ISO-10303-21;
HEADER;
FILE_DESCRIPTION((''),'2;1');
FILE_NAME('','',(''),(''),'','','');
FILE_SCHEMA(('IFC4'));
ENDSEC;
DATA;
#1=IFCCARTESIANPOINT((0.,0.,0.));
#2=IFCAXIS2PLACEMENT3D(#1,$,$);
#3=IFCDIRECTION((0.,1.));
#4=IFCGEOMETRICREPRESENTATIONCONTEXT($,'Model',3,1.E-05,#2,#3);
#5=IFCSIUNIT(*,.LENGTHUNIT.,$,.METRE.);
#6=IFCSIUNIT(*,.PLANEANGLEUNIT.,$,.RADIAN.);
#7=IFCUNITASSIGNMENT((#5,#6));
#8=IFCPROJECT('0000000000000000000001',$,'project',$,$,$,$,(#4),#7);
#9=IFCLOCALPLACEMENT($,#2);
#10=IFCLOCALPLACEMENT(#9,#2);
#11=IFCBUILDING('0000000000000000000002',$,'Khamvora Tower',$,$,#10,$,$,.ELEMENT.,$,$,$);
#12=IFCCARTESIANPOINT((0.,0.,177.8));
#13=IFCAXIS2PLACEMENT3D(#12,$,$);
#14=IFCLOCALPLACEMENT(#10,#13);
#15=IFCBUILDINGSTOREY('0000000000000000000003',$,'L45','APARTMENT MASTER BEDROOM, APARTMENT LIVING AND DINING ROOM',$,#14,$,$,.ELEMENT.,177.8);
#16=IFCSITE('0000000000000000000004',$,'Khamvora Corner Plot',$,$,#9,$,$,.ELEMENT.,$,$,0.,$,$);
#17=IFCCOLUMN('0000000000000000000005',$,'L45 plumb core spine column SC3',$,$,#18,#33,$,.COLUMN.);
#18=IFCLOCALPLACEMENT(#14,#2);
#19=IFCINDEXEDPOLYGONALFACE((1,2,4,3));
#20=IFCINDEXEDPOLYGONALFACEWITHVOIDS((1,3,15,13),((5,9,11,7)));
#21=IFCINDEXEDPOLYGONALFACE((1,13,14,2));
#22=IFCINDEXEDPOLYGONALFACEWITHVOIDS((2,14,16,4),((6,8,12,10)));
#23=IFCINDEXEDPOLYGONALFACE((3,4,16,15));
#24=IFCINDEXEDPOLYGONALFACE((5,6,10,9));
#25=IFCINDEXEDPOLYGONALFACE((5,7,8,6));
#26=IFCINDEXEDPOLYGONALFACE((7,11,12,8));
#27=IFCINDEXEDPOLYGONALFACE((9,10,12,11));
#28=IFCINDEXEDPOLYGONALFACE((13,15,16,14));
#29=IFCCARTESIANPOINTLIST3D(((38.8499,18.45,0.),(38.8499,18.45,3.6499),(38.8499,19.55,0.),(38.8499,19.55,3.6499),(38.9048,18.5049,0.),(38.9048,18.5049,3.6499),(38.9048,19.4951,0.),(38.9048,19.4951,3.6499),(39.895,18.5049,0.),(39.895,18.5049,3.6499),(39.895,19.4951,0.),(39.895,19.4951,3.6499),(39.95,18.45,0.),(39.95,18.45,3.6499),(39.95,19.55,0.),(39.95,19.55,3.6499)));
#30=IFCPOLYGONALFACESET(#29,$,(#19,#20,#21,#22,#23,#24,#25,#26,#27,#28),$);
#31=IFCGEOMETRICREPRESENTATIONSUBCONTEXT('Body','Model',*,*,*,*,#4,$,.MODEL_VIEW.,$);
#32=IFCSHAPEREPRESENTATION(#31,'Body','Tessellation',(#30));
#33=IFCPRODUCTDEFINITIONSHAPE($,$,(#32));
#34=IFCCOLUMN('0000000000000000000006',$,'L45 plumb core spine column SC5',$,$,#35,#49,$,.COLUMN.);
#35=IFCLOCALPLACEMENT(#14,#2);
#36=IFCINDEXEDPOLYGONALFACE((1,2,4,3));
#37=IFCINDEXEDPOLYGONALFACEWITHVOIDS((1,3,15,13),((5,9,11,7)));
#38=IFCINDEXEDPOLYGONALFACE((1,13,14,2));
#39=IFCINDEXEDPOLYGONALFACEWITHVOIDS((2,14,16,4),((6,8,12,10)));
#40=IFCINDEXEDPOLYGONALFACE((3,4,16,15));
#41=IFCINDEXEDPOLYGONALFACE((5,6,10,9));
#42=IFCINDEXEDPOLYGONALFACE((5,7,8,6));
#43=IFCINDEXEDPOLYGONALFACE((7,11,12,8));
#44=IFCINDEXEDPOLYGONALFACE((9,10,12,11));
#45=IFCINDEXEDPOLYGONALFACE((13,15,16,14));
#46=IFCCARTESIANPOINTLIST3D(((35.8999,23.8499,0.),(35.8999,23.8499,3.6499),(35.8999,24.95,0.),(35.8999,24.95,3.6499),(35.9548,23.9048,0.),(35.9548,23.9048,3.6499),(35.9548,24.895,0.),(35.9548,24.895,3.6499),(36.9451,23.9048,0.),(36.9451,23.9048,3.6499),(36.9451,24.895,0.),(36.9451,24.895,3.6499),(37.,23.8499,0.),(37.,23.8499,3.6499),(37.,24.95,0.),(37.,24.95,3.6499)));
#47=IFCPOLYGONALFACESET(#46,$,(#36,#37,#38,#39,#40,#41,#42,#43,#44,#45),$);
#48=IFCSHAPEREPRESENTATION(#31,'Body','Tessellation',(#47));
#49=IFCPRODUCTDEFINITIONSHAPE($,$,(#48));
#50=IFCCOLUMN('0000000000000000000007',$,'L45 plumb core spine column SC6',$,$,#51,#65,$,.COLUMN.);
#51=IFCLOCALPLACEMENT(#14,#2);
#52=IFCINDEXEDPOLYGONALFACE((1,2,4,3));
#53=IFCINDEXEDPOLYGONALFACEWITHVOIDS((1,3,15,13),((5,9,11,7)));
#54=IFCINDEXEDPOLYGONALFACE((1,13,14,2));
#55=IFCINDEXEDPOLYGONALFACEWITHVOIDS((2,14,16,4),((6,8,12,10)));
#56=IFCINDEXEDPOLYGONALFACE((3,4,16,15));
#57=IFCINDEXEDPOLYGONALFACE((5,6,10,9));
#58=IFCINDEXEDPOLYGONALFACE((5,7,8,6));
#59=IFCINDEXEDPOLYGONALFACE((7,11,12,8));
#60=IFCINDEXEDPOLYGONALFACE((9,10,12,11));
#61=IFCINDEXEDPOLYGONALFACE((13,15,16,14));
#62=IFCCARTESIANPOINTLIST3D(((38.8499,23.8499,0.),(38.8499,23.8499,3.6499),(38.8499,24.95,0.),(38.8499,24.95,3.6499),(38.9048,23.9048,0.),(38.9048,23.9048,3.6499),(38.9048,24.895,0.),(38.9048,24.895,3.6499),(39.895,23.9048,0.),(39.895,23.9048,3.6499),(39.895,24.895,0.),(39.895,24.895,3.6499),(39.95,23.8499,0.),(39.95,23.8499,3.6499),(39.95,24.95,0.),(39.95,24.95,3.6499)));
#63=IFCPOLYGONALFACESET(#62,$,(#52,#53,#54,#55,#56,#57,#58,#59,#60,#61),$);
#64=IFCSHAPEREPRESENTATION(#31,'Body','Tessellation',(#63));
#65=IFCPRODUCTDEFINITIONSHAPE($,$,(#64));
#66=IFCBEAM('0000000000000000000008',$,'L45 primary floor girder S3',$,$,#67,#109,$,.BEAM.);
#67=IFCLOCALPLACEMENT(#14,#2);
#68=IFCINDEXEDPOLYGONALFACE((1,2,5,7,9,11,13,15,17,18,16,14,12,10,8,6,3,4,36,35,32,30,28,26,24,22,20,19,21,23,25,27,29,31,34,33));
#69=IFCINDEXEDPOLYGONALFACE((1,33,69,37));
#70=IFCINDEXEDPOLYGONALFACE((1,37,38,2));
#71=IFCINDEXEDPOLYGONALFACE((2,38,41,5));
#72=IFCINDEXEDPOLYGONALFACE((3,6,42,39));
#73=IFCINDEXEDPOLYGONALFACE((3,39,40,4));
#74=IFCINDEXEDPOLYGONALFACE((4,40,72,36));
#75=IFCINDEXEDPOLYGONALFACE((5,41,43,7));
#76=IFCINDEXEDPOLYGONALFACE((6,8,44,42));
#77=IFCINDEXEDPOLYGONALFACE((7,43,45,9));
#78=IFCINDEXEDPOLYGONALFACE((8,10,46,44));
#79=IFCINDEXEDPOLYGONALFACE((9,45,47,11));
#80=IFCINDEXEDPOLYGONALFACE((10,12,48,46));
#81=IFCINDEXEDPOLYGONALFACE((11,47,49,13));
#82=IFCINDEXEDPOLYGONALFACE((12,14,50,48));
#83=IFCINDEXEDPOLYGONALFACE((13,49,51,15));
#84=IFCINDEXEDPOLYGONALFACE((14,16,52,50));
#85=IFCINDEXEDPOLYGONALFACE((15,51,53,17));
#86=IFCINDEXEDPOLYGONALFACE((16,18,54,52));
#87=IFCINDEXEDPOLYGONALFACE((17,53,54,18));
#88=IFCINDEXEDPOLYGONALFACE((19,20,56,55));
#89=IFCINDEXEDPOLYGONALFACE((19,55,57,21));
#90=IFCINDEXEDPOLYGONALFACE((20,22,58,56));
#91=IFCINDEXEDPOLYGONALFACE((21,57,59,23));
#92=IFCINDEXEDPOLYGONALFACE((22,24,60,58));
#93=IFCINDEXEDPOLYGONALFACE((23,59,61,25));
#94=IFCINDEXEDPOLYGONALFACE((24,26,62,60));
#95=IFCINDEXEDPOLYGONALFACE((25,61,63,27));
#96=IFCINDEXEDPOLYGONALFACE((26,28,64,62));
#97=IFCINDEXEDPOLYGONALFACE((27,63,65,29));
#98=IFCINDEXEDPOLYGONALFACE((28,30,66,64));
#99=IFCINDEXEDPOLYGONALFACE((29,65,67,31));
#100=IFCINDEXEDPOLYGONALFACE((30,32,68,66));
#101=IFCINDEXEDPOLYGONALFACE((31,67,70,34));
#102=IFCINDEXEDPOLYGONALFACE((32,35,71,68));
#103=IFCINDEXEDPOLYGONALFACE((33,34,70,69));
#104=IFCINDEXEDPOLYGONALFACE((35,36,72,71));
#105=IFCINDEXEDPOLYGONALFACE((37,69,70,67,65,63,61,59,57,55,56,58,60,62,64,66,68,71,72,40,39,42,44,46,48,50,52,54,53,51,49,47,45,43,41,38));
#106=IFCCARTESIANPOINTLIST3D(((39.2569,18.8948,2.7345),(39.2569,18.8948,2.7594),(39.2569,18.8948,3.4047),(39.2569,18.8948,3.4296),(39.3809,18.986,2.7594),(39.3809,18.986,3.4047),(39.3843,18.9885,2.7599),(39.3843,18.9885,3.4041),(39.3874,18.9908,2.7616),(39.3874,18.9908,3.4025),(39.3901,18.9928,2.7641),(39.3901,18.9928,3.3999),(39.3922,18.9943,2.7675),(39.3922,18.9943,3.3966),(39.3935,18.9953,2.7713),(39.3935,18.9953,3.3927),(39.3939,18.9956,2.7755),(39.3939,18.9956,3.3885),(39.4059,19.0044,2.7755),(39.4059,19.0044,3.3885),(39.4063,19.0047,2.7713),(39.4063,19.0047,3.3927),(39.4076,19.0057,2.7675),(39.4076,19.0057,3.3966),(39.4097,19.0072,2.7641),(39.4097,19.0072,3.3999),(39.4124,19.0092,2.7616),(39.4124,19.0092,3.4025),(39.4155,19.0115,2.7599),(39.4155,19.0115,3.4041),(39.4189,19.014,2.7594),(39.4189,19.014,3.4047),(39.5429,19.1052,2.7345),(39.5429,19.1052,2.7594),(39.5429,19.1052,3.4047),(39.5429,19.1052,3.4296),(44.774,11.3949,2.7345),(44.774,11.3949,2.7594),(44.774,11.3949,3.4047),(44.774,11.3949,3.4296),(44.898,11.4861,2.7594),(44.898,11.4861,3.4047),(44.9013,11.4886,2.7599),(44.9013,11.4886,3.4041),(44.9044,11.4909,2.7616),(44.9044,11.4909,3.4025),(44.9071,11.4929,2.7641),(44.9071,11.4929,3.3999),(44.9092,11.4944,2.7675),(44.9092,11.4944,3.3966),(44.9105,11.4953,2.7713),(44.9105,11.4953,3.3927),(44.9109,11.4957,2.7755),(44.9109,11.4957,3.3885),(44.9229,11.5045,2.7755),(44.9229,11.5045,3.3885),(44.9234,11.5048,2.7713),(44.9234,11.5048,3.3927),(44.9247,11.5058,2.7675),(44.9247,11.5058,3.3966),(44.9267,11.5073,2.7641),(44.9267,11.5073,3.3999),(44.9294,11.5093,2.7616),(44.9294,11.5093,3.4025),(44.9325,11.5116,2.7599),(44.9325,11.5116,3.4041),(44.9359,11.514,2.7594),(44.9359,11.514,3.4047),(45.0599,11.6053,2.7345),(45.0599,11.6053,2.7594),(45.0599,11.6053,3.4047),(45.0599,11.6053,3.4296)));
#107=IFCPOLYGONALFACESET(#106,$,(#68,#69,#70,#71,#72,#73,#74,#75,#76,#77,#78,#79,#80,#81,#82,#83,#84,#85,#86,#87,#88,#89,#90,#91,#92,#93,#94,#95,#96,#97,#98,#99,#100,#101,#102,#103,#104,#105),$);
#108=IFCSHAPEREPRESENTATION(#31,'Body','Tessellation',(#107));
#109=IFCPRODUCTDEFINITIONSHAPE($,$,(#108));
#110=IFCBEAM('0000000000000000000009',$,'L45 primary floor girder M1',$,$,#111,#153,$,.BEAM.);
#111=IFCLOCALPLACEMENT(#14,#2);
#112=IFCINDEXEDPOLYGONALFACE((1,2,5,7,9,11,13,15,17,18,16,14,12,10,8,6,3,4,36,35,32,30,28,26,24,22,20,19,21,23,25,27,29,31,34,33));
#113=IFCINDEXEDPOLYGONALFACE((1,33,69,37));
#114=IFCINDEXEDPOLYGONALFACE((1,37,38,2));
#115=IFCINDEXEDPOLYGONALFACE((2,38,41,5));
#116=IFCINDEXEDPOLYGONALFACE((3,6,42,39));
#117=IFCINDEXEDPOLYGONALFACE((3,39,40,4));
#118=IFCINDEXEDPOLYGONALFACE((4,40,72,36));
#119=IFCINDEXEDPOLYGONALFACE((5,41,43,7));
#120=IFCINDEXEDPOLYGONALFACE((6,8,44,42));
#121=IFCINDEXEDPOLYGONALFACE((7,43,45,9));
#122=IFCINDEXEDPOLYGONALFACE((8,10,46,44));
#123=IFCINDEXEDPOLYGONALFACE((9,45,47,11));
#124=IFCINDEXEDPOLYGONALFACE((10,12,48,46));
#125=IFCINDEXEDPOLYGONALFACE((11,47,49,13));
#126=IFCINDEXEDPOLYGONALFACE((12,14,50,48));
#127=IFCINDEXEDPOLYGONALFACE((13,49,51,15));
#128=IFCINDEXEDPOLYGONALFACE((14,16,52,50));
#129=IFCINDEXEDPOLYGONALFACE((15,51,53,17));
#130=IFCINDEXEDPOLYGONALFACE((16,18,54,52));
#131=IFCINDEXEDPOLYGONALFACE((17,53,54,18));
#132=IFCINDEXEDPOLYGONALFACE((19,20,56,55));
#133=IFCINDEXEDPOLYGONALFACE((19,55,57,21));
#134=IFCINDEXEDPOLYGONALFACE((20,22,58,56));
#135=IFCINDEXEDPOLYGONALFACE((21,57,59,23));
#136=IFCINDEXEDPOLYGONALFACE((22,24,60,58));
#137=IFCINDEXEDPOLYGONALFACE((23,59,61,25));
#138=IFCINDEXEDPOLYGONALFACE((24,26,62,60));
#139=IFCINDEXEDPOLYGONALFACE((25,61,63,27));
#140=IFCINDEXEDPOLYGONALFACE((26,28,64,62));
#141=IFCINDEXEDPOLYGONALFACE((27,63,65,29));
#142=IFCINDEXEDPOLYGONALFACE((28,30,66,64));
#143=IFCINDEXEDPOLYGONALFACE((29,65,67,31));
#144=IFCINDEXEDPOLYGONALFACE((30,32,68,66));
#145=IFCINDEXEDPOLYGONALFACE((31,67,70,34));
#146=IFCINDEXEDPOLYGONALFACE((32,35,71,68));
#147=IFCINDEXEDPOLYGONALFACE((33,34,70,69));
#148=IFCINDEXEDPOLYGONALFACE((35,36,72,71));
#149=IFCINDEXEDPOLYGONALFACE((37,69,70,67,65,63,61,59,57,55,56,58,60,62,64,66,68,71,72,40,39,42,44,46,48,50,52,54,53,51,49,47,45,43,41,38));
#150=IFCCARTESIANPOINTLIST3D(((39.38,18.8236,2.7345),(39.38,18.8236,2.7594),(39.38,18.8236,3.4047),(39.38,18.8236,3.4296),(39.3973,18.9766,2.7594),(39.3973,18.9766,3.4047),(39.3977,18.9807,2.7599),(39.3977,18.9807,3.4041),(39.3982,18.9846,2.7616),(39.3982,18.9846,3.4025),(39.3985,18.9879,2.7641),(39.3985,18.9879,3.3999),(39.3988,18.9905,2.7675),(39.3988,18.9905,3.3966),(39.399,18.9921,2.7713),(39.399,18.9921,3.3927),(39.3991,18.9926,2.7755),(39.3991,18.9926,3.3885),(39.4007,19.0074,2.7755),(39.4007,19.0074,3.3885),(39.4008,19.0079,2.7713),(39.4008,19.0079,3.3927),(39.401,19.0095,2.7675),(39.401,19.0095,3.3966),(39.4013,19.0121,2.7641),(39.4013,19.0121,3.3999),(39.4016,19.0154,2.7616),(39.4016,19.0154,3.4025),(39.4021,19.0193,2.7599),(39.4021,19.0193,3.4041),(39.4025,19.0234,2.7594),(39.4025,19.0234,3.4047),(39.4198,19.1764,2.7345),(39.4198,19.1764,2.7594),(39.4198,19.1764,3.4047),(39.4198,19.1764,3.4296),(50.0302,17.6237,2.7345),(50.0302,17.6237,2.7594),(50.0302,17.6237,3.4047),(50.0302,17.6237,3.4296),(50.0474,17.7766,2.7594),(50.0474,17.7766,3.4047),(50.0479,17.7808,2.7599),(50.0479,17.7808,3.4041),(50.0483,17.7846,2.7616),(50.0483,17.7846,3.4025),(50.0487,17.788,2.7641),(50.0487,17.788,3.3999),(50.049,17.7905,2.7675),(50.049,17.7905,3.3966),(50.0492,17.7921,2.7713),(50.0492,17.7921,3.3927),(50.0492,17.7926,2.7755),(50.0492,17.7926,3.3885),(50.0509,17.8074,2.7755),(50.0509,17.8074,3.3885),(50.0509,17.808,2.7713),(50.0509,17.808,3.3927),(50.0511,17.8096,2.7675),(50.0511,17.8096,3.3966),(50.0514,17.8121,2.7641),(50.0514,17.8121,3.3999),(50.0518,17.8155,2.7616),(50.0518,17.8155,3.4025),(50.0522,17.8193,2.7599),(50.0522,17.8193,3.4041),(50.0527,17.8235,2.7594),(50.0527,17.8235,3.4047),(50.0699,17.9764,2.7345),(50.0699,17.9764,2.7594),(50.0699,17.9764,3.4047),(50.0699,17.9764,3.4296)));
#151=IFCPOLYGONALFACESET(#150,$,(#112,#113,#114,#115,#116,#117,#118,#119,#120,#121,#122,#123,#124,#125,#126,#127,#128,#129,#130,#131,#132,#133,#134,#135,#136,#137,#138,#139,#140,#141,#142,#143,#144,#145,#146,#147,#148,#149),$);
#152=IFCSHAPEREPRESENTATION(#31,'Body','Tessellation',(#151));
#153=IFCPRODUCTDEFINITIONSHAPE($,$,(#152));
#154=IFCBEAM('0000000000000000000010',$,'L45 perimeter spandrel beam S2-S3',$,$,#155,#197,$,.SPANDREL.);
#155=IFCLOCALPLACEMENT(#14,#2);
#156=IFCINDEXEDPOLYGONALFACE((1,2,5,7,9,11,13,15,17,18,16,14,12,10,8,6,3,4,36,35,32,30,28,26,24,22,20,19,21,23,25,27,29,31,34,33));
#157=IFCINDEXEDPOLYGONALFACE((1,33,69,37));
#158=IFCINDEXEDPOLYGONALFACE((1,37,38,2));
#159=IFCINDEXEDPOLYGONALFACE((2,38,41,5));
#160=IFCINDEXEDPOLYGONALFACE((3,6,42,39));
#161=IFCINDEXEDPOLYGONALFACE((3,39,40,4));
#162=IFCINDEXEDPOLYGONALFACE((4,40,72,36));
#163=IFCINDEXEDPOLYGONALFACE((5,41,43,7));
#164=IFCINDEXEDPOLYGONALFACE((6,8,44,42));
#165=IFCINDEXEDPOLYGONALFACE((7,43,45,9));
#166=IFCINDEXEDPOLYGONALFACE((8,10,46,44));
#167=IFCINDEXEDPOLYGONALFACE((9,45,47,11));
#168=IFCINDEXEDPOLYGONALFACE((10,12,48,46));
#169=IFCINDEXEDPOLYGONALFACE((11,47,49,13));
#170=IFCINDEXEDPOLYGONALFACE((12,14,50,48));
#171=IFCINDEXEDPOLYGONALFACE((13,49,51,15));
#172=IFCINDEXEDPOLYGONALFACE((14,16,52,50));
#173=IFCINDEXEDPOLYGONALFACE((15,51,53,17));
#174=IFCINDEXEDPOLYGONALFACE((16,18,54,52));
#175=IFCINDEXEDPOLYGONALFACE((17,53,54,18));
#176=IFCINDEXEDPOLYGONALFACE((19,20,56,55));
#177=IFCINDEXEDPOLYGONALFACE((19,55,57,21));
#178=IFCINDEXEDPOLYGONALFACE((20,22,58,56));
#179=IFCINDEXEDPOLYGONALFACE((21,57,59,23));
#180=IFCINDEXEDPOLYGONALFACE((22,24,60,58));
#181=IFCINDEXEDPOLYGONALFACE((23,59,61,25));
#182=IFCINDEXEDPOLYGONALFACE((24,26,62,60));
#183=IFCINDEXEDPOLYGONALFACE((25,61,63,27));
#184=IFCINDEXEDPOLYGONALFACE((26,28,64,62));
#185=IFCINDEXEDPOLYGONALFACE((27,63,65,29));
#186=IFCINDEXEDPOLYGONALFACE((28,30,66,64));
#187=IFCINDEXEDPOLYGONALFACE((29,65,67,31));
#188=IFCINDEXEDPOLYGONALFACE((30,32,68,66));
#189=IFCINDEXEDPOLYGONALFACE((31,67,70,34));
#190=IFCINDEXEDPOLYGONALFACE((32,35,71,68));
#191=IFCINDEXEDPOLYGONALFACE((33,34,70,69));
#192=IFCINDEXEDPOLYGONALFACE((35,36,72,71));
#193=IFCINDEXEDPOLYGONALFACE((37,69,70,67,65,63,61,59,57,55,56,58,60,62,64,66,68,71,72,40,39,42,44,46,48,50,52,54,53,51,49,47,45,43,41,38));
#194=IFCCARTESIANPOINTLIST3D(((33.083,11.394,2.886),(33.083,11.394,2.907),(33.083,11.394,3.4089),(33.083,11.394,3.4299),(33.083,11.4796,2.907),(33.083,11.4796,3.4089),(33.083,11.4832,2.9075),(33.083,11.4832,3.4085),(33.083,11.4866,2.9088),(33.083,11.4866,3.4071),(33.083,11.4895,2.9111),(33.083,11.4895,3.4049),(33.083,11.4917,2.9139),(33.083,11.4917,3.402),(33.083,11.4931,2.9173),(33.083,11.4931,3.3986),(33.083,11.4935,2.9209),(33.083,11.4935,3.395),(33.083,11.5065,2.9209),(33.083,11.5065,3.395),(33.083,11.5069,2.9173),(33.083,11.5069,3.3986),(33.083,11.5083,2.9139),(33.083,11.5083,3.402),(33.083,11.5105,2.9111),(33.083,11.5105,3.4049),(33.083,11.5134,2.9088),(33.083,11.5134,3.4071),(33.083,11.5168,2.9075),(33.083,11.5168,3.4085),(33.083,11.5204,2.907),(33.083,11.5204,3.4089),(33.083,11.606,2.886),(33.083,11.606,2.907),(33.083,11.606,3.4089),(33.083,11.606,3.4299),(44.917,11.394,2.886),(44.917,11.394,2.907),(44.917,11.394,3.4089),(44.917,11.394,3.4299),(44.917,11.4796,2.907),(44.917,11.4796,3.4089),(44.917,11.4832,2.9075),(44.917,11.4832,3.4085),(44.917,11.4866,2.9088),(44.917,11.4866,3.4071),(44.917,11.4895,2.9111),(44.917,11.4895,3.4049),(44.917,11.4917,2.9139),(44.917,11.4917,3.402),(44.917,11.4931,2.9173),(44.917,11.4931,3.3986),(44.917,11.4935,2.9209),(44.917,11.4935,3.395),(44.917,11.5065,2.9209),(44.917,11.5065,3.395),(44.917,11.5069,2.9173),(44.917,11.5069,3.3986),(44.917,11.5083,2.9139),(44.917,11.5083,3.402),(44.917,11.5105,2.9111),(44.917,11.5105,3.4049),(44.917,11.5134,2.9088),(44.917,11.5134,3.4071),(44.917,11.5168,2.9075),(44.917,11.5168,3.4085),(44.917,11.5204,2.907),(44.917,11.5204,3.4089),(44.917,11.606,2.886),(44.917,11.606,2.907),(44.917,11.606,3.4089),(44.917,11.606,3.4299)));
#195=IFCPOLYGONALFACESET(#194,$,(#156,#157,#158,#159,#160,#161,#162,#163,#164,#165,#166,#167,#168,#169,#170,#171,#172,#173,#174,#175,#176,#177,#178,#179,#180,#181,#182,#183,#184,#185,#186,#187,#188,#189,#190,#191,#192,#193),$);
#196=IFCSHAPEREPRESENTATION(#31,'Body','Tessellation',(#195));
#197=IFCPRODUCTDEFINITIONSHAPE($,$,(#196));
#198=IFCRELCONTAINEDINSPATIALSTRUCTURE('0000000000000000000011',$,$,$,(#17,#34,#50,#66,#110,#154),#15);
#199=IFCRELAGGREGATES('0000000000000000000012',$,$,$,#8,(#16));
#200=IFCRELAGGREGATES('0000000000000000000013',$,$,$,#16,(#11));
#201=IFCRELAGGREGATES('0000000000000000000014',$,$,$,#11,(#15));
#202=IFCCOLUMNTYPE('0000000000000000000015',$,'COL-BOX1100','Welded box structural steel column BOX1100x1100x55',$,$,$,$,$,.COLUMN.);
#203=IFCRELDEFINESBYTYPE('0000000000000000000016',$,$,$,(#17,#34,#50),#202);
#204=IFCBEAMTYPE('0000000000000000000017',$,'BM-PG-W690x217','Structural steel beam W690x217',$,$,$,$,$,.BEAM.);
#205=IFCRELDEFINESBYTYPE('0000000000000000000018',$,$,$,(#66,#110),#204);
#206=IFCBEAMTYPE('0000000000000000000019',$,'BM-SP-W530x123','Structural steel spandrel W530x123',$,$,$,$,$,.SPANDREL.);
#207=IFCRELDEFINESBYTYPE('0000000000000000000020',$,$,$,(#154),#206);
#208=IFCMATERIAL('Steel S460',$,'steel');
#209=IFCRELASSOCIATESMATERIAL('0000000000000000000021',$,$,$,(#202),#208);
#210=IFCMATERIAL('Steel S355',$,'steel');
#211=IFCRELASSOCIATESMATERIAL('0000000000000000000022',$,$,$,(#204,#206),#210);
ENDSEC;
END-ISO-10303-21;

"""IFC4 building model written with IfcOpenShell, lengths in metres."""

from ifc_helpers import new_model, si_unit, direction, frame, origin, origin_2d, place, context, subcontext, project, spatial, hollow_rectangle, i_section, extrude, material, material_profile, profile_set, type_object, element, save


model = new_model("IFC4")

# Units and contexts
model_context = context("Model", 3, precision=1e-05, world=origin(), true_north=direction((0.0, 1.0)))
body_context = subcontext(model_context, "Body", "Model", "MODEL_VIEW")
ifc_project = project(units=[si_unit("LENGTHUNIT", "METRE"), si_unit("PLANEANGLEUNIT", "RADIAN")], contexts=[model_context])

# Site, building, storey
site_placement = place(None, origin())
site = spatial("IfcSite", under=ifc_project, at=site_placement, Name="Khamvora Corner Plot", CompositionType="ELEMENT", RefElevation=0.0)
building_placement = place(site_placement, origin())
building = spatial("IfcBuilding", under=site, at=building_placement, Name="Khamvora Tower", CompositionType="ELEMENT")
storey_placement = place(building_placement, frame((0.0, 0.0, 177.8)))
storey = spatial("IfcBuildingStorey", under=building, at=storey_placement, Name="L45", Description="APARTMENT MASTER BEDROOM, APARTMENT LIVING AND DINING ROOM", CompositionType="ELEMENT", Elevation=177.8)

# Columns
ifc_material_1 = material(Name="Steel S460", Category="steel")
ifc_material_profile_1 = material_profile(ifc_material_1, hollow_rectangle(XDim=1.1001, YDim=1.1001, WallThickness=0.0549, at=origin_2d()), Name="BOX1100x1100x55")
ifc_profile_set_1 = profile_set([ifc_material_profile_1], Name="Steel S460")
column_type = type_object("IfcColumnType", Name="COL-BOX1100", Description="Welded box structural steel column BOX1100x1100x55", PredefinedType="COLUMN", material=ifc_profile_set_1)
for number, where, z_axis, x_axis, name in (
    (1, (39.3999, 19.0, 0.0), (0.0, 0.0, 1.0), (1.0, 0.0, 0.0), "L45 plumb core spine column SC3"),
    (2, (36.45, 24.3999, 0.0), (0.0, 0.0, 1.0), (1.0, 0.0, 0.0), "L45 plumb core spine column SC5"),
    (3, (39.3999, 24.3999, 0.0), (0.0, 0.0, 1.0), (1.0, 0.0, 0.0), "L45 plumb core spine column SC6"),
):
    element("IfcColumn", number, at=place(storey_placement, frame(where, z_axis=z_axis, x_axis=x_axis)), inside=storey, type_object=column_type, Name=name, PredefinedType="COLUMN", context=body_context, shape_type="SweptSolid", body=[
        extrude(hollow_rectangle(XDim=1.1001, YDim=1.1001, WallThickness=0.0549, at=origin_2d()), origin(), (0.0, 0.0, 1.0), 3.6499),
    ])

# Beams
ifc_material_2 = material(Name="Steel S355", Category="steel")
ifc_material_profile_2 = material_profile(ifc_material_2, i_section(OverallWidth=0.355, OverallDepth=0.6951, WebThickness=0.0149, FlangeThickness=0.0249, FilletRadius=0.0161, at=origin_2d()), Name="W690x217")
ifc_profile_set_2 = profile_set([ifc_material_profile_2], Name="Steel S355")
beam_type_1 = type_object("IfcBeamType", Name="BM-PG-W690x217", Description="Structural steel beam W690x217", PredefinedType="BEAM", material=ifc_profile_set_2)
beam_1_placement = place(storey_placement, frame((39.3999, 19.0, 3.082), z_axis=(0.592557, -0.805529, 0.0), x_axis=(0.805529, 0.592557, 0.0)))
element("IfcBeam", 4, at=beam_1_placement, inside=storey, type_object=beam_type_1, Name="L45 primary floor girder S3", PredefinedType="BEAM", context=body_context, shape_type="SweptSolid", body=[
    extrude(i_section(OverallWidth=0.355, OverallDepth=0.6951, WebThickness=0.0149, FlangeThickness=0.0249, FilletRadius=0.0161, at=origin_2d()), origin(), (0.0, 0.0, 1.0), 9.3105),
])
beam_2_placement = place(storey_placement, frame((39.3999, 19.0, 3.082), z_axis=(0.993713, -0.111962, 0.0), x_axis=(0.111962, 0.993713, 0.0)))
element("IfcBeam", 5, at=beam_2_placement, inside=storey, type_object=beam_type_1, Name="L45 primary floor girder M1", PredefinedType="BEAM", context=body_context, shape_type="SweptSolid", body=[
    extrude(i_section(OverallWidth=0.355, OverallDepth=0.6951, WebThickness=0.0149, FlangeThickness=0.0249, FilletRadius=0.0161, at=origin_2d()), origin(), (0.0, 0.0, 1.0), 10.7175),
])
ifc_material_profile_3 = material_profile(ifc_material_2, i_section(OverallWidth=0.2119, OverallDepth=0.5439, WebThickness=0.0129, FlangeThickness=0.021, FilletRadius=0.0139, at=origin_2d()), Name="W530x123")
ifc_profile_set_3 = profile_set([ifc_material_profile_3], Name="Steel S355")
beam_type_2 = type_object("IfcBeamType", Name="BM-SP-W530x123", Description="Structural steel spandrel W530x123", PredefinedType="SPANDREL", material=ifc_profile_set_3)
beam_3_placement = place(storey_placement, frame((33.083, 11.5, 3.158), z_axis=(1.0, 0.0, 0.0), x_axis=(0.0, 1.0, 0.0)))
element("IfcBeam", 6, at=beam_3_placement, inside=storey, type_object=beam_type_2, Name="L45 perimeter spandrel beam S2-S3", PredefinedType="SPANDREL", context=body_context, shape_type="SweptSolid", body=[
    extrude(i_section(OverallWidth=0.2119, OverallDepth=0.5439, WebThickness=0.0129, FlangeThickness=0.021, FilletRadius=0.0139, at=origin_2d()), origin(), (0.0, 0.0, 1.0), 11.834),
])

save(model, "model.ifc")
